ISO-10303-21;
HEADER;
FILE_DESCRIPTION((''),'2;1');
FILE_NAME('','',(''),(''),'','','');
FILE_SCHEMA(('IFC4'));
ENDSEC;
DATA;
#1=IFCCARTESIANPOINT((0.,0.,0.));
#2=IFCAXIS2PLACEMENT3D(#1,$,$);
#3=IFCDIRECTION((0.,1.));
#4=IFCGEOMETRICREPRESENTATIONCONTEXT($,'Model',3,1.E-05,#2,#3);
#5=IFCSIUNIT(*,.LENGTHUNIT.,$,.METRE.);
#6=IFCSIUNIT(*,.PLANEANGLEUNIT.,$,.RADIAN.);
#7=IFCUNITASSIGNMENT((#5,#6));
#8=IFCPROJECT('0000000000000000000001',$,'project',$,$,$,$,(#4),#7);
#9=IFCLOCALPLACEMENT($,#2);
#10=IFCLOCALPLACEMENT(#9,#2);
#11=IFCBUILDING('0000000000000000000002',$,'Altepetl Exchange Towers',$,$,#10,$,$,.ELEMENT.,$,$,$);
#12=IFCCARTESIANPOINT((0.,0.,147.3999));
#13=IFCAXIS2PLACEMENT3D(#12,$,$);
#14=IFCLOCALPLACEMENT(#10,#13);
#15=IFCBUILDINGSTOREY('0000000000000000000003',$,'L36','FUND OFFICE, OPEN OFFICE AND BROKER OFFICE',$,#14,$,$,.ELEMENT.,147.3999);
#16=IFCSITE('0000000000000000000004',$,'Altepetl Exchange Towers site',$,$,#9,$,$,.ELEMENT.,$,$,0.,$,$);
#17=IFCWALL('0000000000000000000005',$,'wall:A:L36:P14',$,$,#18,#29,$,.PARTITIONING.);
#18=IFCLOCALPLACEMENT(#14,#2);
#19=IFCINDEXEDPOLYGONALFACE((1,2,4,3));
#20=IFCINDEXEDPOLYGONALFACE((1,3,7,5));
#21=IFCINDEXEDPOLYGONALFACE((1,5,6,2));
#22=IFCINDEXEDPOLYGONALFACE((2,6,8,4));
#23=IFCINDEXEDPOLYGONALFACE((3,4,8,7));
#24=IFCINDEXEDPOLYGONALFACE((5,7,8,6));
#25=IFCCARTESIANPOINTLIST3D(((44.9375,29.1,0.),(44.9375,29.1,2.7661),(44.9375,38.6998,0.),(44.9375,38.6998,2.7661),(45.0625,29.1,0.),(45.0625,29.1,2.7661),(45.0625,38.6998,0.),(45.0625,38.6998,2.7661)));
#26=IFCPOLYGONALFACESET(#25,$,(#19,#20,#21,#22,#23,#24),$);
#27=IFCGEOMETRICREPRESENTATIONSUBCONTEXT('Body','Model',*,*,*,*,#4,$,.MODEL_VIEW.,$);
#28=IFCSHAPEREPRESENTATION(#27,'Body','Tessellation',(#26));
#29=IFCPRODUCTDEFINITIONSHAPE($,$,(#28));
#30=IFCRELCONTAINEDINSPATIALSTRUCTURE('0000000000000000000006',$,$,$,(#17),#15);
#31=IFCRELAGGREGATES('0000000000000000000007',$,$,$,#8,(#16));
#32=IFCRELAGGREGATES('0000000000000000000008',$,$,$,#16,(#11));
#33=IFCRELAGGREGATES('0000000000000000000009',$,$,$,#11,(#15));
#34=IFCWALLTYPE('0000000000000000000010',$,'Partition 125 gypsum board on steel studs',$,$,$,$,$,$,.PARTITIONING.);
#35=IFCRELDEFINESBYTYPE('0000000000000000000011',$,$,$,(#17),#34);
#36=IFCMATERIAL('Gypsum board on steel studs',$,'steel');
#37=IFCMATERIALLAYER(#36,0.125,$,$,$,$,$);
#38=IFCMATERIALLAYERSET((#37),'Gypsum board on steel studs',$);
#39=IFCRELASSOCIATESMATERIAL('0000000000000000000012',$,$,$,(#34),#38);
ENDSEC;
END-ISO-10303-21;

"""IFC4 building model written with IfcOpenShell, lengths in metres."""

from ifc_helpers import new_model, si_unit, direction, frame, frame_2d, origin, place, context, subcontext, project, spatial, rectangle, extrude, material, layer, layer_set, type_object, element, save


model = new_model("IFC4")

# Units and contexts
model_context = context("Model", 3, precision=1e-05, world=origin(), true_north=direction((0.0, 1.0)))
body_context = subcontext(model_context, "Body", "Model", "MODEL_VIEW")
ifc_project = project(units=[si_unit("LENGTHUNIT", "METRE"), si_unit("PLANEANGLEUNIT", "RADIAN")], contexts=[model_context])

# Site, building, storey
site_placement = place(None, origin())
site = spatial("IfcSite", under=ifc_project, at=site_placement, Name="Altepetl Exchange Towers site", CompositionType="ELEMENT", RefElevation=0.0)
building_placement = place(site_placement, origin())
building = spatial("IfcBuilding", under=site, at=building_placement, Name="Altepetl Exchange Towers", CompositionType="ELEMENT")
storey_placement = place(building_placement, frame((0.0, 0.0, 147.3999)))
storey = spatial("IfcBuildingStorey", under=building, at=storey_placement, Name="L36", Description="FUND OFFICE, OPEN OFFICE AND BROKER OFFICE", CompositionType="ELEMENT", Elevation=147.3999)

# Wall
ifc_material_1 = material(Name="Gypsum board on steel studs", Category="steel")
ifc_layer_1 = layer(ifc_material_1, 0.125)
ifc_layer_set_1 = layer_set([ifc_layer_1], Name="Gypsum board on steel studs")
wall_type_1 = type_object("IfcWallType", Name="Partition 125 gypsum board on steel studs", PredefinedType="PARTITIONING", material=ifc_layer_set_1)
wall_1_placement = place(storey_placement, frame((45.0, 29.1001, 0.0), z_axis=(0.0, 0.0, 1.0), x_axis=(0.0, 1.0, 0.0)))
element("IfcWall", 1, at=wall_1_placement, inside=storey, type_object=wall_type_1, Name="wall:A:L36:P14", PredefinedType="PARTITIONING", context=body_context, shape_type="SweptSolid", body=[
    extrude(rectangle(XDim=9.5999, YDim=0.125, at=frame_2d((4.7998, 0.0))), origin(), (0.0, 0.0, 1.0), 2.7661),
])

save(model, "model.ifc")
